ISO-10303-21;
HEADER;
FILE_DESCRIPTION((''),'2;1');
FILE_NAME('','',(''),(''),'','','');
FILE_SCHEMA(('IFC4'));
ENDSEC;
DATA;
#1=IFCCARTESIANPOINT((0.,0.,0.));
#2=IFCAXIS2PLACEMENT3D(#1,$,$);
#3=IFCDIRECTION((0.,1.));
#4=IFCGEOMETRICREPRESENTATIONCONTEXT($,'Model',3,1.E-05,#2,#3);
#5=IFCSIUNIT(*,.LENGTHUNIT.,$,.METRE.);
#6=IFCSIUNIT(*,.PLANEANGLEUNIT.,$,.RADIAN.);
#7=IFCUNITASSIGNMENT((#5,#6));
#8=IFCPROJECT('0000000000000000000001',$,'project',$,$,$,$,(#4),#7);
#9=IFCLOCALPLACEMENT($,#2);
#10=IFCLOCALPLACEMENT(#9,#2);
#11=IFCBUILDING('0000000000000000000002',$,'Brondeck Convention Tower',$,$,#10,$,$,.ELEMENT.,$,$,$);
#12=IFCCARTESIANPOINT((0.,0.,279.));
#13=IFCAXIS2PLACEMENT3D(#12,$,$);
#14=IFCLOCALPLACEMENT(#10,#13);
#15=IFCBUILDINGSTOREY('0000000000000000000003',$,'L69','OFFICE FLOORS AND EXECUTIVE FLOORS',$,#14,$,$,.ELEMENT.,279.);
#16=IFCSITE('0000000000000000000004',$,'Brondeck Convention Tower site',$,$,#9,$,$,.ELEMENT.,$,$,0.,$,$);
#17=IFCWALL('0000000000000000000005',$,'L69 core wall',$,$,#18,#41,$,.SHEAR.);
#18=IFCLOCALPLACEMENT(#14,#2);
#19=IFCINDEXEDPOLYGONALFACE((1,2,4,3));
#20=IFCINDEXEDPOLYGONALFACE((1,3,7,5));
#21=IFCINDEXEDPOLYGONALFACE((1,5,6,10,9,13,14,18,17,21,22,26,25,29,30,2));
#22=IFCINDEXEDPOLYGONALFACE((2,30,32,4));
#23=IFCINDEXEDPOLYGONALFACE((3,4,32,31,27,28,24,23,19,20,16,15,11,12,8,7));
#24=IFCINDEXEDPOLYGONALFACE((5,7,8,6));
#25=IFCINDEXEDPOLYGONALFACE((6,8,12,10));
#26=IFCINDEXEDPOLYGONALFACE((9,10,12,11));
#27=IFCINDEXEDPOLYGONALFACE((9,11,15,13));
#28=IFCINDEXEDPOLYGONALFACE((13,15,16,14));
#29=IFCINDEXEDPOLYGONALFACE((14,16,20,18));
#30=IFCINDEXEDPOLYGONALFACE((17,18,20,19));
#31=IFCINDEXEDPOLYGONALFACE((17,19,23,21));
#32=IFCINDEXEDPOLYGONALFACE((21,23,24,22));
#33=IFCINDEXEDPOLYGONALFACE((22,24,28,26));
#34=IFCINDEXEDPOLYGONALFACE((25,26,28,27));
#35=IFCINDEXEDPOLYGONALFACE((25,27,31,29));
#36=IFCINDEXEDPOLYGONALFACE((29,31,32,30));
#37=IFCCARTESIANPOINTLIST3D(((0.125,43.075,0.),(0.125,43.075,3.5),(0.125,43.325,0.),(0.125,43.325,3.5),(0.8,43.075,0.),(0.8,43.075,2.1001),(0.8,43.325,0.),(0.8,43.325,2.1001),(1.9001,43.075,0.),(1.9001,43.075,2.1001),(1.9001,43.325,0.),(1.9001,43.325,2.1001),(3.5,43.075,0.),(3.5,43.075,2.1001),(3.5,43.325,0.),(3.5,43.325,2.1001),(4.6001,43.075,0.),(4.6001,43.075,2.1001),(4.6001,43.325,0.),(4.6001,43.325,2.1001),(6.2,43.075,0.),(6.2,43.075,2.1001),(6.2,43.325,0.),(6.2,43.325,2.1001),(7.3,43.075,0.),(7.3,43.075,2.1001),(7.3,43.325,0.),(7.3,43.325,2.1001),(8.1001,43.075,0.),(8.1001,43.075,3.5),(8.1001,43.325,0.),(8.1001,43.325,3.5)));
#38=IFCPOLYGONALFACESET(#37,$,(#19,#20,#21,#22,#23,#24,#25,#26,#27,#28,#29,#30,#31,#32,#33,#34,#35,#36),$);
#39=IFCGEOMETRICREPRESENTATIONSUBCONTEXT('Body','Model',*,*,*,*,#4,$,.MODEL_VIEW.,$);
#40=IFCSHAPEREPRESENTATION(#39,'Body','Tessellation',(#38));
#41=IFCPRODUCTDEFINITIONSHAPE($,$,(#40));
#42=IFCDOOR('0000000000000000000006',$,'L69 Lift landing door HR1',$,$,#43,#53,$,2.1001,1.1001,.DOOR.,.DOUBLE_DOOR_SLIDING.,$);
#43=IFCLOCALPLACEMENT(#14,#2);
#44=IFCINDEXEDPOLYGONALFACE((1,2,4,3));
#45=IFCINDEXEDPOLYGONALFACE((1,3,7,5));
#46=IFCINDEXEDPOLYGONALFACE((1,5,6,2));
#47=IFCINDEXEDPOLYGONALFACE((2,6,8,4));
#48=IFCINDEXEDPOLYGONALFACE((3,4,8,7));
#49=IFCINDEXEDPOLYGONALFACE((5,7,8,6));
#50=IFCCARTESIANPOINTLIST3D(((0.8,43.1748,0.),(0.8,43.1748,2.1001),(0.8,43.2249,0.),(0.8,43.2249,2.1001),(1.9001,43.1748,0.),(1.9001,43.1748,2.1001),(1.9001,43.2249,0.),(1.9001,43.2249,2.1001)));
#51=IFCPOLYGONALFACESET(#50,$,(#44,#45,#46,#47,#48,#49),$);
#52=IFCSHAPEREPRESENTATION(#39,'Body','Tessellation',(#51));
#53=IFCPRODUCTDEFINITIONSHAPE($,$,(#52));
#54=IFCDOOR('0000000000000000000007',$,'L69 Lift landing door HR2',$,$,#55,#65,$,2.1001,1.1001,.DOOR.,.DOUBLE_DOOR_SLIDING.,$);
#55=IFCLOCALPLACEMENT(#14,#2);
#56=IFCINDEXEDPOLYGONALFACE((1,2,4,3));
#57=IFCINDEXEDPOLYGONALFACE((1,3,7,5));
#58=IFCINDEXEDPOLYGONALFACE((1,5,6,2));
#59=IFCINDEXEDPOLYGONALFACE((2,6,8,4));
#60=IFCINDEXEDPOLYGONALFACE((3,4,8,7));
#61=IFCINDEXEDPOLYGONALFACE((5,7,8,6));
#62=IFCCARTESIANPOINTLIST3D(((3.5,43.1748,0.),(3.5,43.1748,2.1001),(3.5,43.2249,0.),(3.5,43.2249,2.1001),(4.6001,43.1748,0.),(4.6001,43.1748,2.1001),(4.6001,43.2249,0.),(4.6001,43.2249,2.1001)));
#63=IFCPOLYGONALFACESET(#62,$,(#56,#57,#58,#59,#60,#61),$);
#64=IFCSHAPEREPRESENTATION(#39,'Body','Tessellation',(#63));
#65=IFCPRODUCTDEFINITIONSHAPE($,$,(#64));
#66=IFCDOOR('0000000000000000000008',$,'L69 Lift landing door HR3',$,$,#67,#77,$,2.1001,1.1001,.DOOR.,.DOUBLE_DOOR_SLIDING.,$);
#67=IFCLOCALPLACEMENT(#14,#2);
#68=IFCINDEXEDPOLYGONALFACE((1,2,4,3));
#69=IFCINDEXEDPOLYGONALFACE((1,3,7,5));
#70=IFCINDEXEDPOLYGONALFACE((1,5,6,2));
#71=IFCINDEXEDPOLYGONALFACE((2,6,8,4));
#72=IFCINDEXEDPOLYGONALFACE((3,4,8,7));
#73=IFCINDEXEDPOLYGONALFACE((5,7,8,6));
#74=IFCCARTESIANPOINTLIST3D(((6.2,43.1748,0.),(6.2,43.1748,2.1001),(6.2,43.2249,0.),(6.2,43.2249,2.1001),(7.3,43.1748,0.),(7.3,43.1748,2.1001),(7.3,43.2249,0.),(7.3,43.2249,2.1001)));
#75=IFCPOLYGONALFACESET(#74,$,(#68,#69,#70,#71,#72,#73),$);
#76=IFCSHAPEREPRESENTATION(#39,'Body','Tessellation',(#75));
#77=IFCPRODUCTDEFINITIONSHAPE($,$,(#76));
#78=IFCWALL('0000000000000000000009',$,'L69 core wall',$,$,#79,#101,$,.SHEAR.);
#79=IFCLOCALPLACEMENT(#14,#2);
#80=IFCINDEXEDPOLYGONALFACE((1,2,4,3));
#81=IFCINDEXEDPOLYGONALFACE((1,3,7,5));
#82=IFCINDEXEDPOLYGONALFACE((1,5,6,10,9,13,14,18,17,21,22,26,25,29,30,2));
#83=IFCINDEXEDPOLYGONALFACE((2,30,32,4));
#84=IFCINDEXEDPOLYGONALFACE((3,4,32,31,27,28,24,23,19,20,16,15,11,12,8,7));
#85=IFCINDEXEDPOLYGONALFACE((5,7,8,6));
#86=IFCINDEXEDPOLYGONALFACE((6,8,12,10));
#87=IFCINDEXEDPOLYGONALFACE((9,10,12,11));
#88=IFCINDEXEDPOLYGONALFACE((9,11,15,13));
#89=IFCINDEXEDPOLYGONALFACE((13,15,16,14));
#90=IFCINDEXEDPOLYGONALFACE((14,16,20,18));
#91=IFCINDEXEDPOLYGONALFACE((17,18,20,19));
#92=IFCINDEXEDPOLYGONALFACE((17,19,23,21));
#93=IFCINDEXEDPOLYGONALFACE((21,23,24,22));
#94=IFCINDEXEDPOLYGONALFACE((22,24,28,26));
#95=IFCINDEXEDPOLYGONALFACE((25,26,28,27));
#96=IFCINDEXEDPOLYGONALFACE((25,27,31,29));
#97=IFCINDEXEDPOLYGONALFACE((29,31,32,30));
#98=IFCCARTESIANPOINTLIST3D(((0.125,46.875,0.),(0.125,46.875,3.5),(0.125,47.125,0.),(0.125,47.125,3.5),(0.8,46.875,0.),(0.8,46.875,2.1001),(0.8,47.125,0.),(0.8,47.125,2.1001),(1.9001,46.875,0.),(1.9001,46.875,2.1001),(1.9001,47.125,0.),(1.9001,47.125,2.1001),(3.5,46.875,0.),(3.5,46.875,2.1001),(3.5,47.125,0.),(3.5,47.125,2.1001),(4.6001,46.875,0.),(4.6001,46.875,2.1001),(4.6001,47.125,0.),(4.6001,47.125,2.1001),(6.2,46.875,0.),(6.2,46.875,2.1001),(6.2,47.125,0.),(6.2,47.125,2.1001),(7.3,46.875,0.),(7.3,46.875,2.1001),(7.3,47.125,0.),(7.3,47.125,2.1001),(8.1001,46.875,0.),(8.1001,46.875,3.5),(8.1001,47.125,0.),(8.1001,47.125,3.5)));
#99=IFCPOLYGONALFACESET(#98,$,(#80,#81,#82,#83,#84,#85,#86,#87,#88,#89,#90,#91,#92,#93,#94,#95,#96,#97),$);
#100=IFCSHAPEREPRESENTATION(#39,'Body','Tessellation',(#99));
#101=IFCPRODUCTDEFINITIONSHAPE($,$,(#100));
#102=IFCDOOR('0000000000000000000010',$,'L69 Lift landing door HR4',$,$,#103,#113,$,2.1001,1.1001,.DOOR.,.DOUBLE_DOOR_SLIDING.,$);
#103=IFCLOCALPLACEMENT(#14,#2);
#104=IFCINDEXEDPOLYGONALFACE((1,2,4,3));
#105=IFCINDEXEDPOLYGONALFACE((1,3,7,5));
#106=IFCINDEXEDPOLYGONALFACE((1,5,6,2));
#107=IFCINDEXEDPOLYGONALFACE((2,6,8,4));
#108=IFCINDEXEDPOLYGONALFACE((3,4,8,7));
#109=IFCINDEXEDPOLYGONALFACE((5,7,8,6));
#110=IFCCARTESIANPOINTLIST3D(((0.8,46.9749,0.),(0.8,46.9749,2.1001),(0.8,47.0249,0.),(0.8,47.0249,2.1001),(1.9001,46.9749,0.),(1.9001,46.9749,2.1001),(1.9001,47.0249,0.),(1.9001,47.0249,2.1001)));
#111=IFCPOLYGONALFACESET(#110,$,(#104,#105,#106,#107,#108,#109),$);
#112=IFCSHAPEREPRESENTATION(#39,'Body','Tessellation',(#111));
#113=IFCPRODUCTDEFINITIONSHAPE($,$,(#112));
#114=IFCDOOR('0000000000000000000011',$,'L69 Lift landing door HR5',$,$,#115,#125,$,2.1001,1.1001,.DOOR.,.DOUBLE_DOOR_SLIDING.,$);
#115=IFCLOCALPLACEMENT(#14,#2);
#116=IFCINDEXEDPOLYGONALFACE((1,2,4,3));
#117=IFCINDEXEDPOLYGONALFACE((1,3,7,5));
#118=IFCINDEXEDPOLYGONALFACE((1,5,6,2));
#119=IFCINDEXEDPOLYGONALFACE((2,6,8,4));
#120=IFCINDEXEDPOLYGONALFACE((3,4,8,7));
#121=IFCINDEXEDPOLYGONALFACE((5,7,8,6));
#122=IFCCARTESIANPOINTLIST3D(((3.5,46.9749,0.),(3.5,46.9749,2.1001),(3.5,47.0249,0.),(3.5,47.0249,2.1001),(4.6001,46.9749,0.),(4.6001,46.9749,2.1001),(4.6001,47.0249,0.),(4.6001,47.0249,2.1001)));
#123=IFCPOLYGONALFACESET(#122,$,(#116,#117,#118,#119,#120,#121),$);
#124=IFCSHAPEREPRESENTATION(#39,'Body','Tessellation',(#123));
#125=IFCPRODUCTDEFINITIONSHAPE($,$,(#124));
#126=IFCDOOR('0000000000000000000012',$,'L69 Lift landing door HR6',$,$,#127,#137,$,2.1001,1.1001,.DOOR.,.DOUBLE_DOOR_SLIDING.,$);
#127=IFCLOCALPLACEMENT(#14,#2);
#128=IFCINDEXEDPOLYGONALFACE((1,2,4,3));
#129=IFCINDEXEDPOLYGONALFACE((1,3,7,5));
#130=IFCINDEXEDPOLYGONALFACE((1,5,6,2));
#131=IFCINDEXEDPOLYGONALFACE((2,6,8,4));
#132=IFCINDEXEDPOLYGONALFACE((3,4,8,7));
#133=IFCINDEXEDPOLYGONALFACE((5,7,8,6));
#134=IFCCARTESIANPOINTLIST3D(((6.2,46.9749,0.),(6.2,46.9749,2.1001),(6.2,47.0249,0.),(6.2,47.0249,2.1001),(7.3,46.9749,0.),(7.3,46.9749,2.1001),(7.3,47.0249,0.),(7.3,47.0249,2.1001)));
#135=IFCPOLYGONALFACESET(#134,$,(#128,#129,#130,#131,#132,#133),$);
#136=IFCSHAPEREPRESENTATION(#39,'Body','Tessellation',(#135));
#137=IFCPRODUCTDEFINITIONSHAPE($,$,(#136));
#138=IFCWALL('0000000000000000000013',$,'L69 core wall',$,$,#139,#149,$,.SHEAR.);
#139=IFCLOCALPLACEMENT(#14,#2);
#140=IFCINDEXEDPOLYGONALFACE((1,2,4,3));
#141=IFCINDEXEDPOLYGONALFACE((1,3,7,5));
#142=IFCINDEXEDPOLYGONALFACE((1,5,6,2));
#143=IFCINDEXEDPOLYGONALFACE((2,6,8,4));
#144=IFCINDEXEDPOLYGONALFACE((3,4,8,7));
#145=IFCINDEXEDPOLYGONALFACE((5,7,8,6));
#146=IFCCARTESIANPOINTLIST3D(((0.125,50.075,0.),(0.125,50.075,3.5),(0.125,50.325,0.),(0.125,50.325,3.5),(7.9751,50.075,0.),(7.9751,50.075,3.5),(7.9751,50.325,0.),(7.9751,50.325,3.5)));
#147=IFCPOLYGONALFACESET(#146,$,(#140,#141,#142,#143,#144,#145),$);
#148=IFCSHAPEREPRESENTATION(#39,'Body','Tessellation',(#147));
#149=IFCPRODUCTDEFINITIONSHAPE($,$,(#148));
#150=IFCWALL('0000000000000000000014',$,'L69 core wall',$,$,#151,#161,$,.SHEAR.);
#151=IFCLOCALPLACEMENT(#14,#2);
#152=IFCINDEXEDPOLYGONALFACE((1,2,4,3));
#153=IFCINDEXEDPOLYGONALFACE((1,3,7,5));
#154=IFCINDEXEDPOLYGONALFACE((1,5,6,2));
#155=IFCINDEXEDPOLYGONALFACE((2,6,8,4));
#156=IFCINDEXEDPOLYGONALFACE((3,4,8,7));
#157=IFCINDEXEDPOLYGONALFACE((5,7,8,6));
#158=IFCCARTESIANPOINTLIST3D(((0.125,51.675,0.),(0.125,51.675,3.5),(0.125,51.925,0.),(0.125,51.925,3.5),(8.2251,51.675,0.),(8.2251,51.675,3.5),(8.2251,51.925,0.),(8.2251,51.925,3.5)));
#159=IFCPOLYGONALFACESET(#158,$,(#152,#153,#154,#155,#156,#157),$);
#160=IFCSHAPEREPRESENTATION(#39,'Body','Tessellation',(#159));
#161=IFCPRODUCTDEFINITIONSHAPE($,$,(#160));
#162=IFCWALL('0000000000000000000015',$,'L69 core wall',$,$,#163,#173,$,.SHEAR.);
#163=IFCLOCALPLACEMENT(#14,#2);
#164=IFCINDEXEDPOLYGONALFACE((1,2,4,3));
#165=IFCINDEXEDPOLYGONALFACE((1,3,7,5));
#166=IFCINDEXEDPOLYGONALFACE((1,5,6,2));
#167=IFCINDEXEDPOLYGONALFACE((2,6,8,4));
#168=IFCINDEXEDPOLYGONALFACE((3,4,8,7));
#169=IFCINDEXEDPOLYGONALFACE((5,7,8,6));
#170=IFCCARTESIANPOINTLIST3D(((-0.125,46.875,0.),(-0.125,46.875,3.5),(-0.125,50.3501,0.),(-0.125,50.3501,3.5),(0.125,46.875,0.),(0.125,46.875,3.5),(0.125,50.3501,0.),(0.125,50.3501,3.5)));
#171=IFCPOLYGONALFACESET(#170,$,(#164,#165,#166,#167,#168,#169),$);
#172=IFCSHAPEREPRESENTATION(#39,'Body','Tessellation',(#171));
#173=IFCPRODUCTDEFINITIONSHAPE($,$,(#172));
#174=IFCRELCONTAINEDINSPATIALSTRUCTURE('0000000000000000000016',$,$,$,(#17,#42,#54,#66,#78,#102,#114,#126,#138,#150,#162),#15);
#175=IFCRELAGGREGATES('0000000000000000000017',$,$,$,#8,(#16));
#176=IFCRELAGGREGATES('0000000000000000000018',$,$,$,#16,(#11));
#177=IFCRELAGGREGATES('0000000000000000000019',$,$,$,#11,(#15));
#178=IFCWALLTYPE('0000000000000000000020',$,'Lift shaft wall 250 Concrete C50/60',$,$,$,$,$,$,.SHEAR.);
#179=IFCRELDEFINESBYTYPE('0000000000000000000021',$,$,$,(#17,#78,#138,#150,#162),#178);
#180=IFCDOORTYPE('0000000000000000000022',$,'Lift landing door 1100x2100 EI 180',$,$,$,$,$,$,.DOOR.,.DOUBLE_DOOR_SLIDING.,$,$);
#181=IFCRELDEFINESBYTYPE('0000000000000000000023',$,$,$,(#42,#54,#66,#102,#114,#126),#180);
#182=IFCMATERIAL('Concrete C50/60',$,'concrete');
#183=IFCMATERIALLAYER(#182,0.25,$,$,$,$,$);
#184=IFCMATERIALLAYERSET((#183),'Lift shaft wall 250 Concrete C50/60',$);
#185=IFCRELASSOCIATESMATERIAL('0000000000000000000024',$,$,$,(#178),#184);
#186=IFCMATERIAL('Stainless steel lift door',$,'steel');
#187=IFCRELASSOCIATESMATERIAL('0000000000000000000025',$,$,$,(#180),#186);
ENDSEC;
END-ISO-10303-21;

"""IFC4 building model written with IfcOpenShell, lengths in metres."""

from ifc_helpers import new_model, si_unit, direction, frame, frame_2d, origin, place, context, subcontext, project, spatial, rectangle, extrude, material, layer, layer_set, type_object, element, fill, save


model = new_model("IFC4")

# Units and contexts
model_context = context("Model", 3, precision=1e-05, world=origin(), true_north=direction((0.0, 1.0)))
body_context = subcontext(model_context, "Body", "Model", "MODEL_VIEW")
ifc_project = project(units=[si_unit("LENGTHUNIT", "METRE"), si_unit("PLANEANGLEUNIT", "RADIAN")], contexts=[model_context])

# Site, building, storey
site_placement = place(None, origin())
site = spatial("IfcSite", under=ifc_project, at=site_placement, Name="Brondeck Convention Tower site", CompositionType="ELEMENT", RefElevation=0.0)
building_placement = place(site_placement, origin())
building = spatial("IfcBuilding", under=site, at=building_placement, Name="Brondeck Convention Tower", CompositionType="ELEMENT")
storey_placement = place(building_placement, frame((0.0, 0.0, 279.0)))
storey = spatial("IfcBuildingStorey", under=building, at=storey_placement, Name="L69", Description="OFFICE FLOORS AND EXECUTIVE FLOORS", CompositionType="ELEMENT", Elevation=279.0)

# Shared definitions
ifc_material_1 = material(Name="Concrete C50/60", Category="concrete")

# Walls, openings, doors
ifc_layer_1 = layer(ifc_material_1, 0.25)
ifc_layer_set_1 = layer_set([ifc_layer_1], Name="Lift shaft wall 250 Concrete C50/60")
wall_type_1 = type_object("IfcWallType", Name="Lift shaft wall 250 Concrete C50/60", PredefinedType="SHEAR", material=ifc_layer_set_1)
wall_1_placement = place(storey_placement, frame((0.125, 43.2, 0.0), z_axis=(0.0, 0.0, 1.0), x_axis=(1.0, 0.0, 0.0)))
wall_1 = element("IfcWall", 1, at=wall_1_placement, inside=storey, type_object=wall_type_1, Name="L69 core wall", PredefinedType="SHEAR", context=body_context, shape_type="SweptSolid", body=[
    extrude(rectangle(XDim=7.9751, YDim=0.25, at=frame_2d((3.9875, 0.0))), origin(), (0.0, 0.0, 1.0), 3.5),
])
opening_1_placement = place(wall_1_placement, frame((0.675, 0.0, 0.0)))
opening_1 = element("IfcOpeningElement", 2, at=opening_1_placement, cuts=wall_1, PredefinedType="OPENING", context=body_context, shape_type="SweptSolid", body=[
    extrude(rectangle(XDim=1.1001, YDim=2.1001, at=frame_2d((0.55, 1.05))), frame((0.0, 0.135, 0.0), z_axis=(0.0, -1.0, 0.0), x_axis=(1.0, 0.0, 0.0)), (0.0, 0.0, 1.0), 0.27),
])
opening_2_placement = place(wall_1_placement, frame((3.375, 0.0, 0.0)))
opening_2 = element("IfcOpeningElement", 3, at=opening_2_placement, cuts=wall_1, PredefinedType="OPENING", context=body_context, shape_type="SweptSolid", body=[
    extrude(rectangle(XDim=1.1001, YDim=2.1001, at=frame_2d((0.55, 1.05))), frame((0.0, 0.135, 0.0), z_axis=(0.0, -1.0, 0.0), x_axis=(1.0, 0.0, 0.0)), (0.0, 0.0, 1.0), 0.27),
])
opening_3_placement = place(wall_1_placement, frame((6.075, 0.0, 0.0)))
opening_3 = element("IfcOpeningElement", 4, at=opening_3_placement, cuts=wall_1, PredefinedType="OPENING", context=body_context, shape_type="SweptSolid", body=[
    extrude(rectangle(XDim=1.1001, YDim=2.1001, at=frame_2d((0.55, 1.05))), frame((0.0, 0.135, 0.0), z_axis=(0.0, -1.0, 0.0), x_axis=(1.0, 0.0, 0.0)), (0.0, 0.0, 1.0), 0.27),
])
ifc_material_2 = material(Name="Stainless steel lift door", Category="steel")
door_type_1 = type_object("IfcDoorType", Name="Lift landing door 1100x2100 EI 180", OperationType="DOUBLE_DOOR_SLIDING", PredefinedType="DOOR", material=ifc_material_2)
door_1_placement = place(opening_1_placement, origin())
door_1 = element("IfcDoor", 5, at=door_1_placement, inside=storey, type_object=door_type_1, Name="L69 Lift landing door HR1", OperationType="DOUBLE_DOOR_SLIDING", OverallHeight=2.1001, OverallWidth=1.1001, PredefinedType="DOOR", context=body_context, shape_type="SweptSolid", body=[
    extrude(rectangle(XDim=1.1001, YDim=2.1001, at=frame_2d((0.55, 1.05))), frame((0.0, 0.0249, 0.0), z_axis=(0.0, -1.0, 0.0), x_axis=(1.0, 0.0, 0.0)), (0.0, 0.0, 1.0), 0.05),
])
fill(opening_1, door_1)
door_2_placement = place(opening_2_placement, origin())
door_2 = element("IfcDoor", 6, at=door_2_placement, inside=storey, type_object=door_type_1, Name="L69 Lift landing door HR2", OperationType="DOUBLE_DOOR_SLIDING", OverallHeight=2.1001, OverallWidth=1.1001, PredefinedType="DOOR", context=body_context, shape_type="SweptSolid", body=[
    extrude(rectangle(XDim=1.1001, YDim=2.1001, at=frame_2d((0.55, 1.05))), frame((0.0, 0.0249, 0.0), z_axis=(0.0, -1.0, 0.0), x_axis=(1.0, 0.0, 0.0)), (0.0, 0.0, 1.0), 0.05),
])
fill(opening_2, door_2)
door_3_placement = place(opening_3_placement, origin())
door_3 = element("IfcDoor", 7, at=door_3_placement, inside=storey, type_object=door_type_1, Name="L69 Lift landing door HR3", OperationType="DOUBLE_DOOR_SLIDING", OverallHeight=2.1001, OverallWidth=1.1001, PredefinedType="DOOR", context=body_context, shape_type="SweptSolid", body=[
    extrude(rectangle(XDim=1.1001, YDim=2.1001, at=frame_2d((0.55, 1.05))), frame((0.0, 0.0249, 0.0), z_axis=(0.0, -1.0, 0.0), x_axis=(1.0, 0.0, 0.0)), (0.0, 0.0, 1.0), 0.05),
])
fill(opening_3, door_3)
wall_2_placement = place(storey_placement, frame((0.125, 47.0, 0.0), z_axis=(0.0, 0.0, 1.0), x_axis=(1.0, 0.0, 0.0)))
wall_2 = element("IfcWall", 8, at=wall_2_placement, inside=storey, type_object=wall_type_1, Name="L69 core wall", PredefinedType="SHEAR", context=body_context, shape_type="SweptSolid", body=[
    extrude(rectangle(XDim=7.9751, YDim=0.25, at=frame_2d((3.9875, 0.0))), origin(), (0.0, 0.0, 1.0), 3.5),
])
opening_4_placement = place(wall_2_placement, frame((0.675, 0.0, 0.0)))
opening_4 = element("IfcOpeningElement", 9, at=opening_4_placement, cuts=wall_2, PredefinedType="OPENING", context=body_context, shape_type="SweptSolid", body=[
    extrude(rectangle(XDim=1.1001, YDim=2.1001, at=frame_2d((0.55, 1.05))), frame((0.0, 0.135, 0.0), z_axis=(0.0, -1.0, 0.0), x_axis=(1.0, 0.0, 0.0)), (0.0, 0.0, 1.0), 0.27),
])
opening_5_placement = place(wall_2_placement, frame((3.375, 0.0, 0.0)))
opening_5 = element("IfcOpeningElement", 10, at=opening_5_placement, cuts=wall_2, PredefinedType="OPENING", context=body_context, shape_type="SweptSolid", body=[
    extrude(rectangle(XDim=1.1001, YDim=2.1001, at=frame_2d((0.55, 1.05))), frame((0.0, 0.135, 0.0), z_axis=(0.0, -1.0, 0.0), x_axis=(1.0, 0.0, 0.0)), (0.0, 0.0, 1.0), 0.27),
])
opening_6_placement = place(wall_2_placement, frame((6.075, 0.0, 0.0)))
opening_6 = element("IfcOpeningElement", 11, at=opening_6_placement, cuts=wall_2, PredefinedType="OPENING", context=body_context, shape_type="SweptSolid", body=[
    extrude(rectangle(XDim=1.1001, YDim=2.1001, at=frame_2d((0.55, 1.05))), frame((0.0, 0.135, 0.0), z_axis=(0.0, -1.0, 0.0), x_axis=(1.0, 0.0, 0.0)), (0.0, 0.0, 1.0), 0.27),
])
door_4_placement = place(opening_4_placement, origin())
door_4 = element("IfcDoor", 12, at=door_4_placement, inside=storey, type_object=door_type_1, Name="L69 Lift landing door HR4", OperationType="DOUBLE_DOOR_SLIDING", OverallHeight=2.1001, OverallWidth=1.1001, PredefinedType="DOOR", context=body_context, shape_type="SweptSolid", body=[
    extrude(rectangle(XDim=1.1001, YDim=2.1001, at=frame_2d((0.55, 1.05))), frame((0.0, 0.0249, 0.0), z_axis=(0.0, -1.0, 0.0), x_axis=(1.0, 0.0, 0.0)), (0.0, 0.0, 1.0), 0.05),
])
fill(opening_4, door_4)
door_5_placement = place(opening_5_placement, origin())
door_5 = element("IfcDoor", 13, at=door_5_placement, inside=storey, type_object=door_type_1, Name="L69 Lift landing door HR5", OperationType="DOUBLE_DOOR_SLIDING", OverallHeight=2.1001, OverallWidth=1.1001, PredefinedType="DOOR", context=body_context, shape_type="SweptSolid", body=[
    extrude(rectangle(XDim=1.1001, YDim=2.1001, at=frame_2d((0.55, 1.05))), frame((0.0, 0.0249, 0.0), z_axis=(0.0, -1.0, 0.0), x_axis=(1.0, 0.0, 0.0)), (0.0, 0.0, 1.0), 0.05),
])
fill(opening_5, door_5)
door_6_placement = place(opening_6_placement, origin())
door_6 = element("IfcDoor", 14, at=door_6_placement, inside=storey, type_object=door_type_1, Name="L69 Lift landing door HR6", OperationType="DOUBLE_DOOR_SLIDING", OverallHeight=2.1001, OverallWidth=1.1001, PredefinedType="DOOR", context=body_context, shape_type="SweptSolid", body=[
    extrude(rectangle(XDim=1.1001, YDim=2.1001, at=frame_2d((0.55, 1.05))), frame((0.0, 0.0249, 0.0), z_axis=(0.0, -1.0, 0.0), x_axis=(1.0, 0.0, 0.0)), (0.0, 0.0, 1.0), 0.05),
])
fill(opening_6, door_6)

# Walls
wall_3_placement = place(storey_placement, frame((0.125, 50.2, 0.0), z_axis=(0.0, 0.0, 1.0), x_axis=(1.0, 0.0, 0.0)))
element("IfcWall", 15, at=wall_3_placement, inside=storey, type_object=wall_type_1, Name="L69 core wall", PredefinedType="SHEAR", context=body_context, shape_type="SweptSolid", body=[
    extrude(rectangle(XDim=7.8501, YDim=0.25, at=frame_2d((3.925, 0.0))), origin(), (0.0, 0.0, 1.0), 3.5),
])
wall_4_placement = place(storey_placement, frame((0.125, 51.8, 0.0), z_axis=(0.0, 0.0, 1.0), x_axis=(1.0, 0.0, 0.0)))
element("IfcWall", 16, at=wall_4_placement, inside=storey, type_object=wall_type_1, Name="L69 core wall", PredefinedType="SHEAR", context=body_context, shape_type="SweptSolid", body=[
    extrude(rectangle(XDim=8.1001, YDim=0.25, at=frame_2d((4.05, 0.0))), origin(), (0.0, 0.0, 1.0), 3.5),
])
wall_5_placement = place(storey_placement, frame((0.0, 46.875, 0.0), z_axis=(0.0, 0.0, 1.0), x_axis=(0.0, 1.0, 0.0)))
element("IfcWall", 17, at=wall_5_placement, inside=storey, type_object=wall_type_1, Name="L69 core wall", PredefinedType="SHEAR", context=body_context, shape_type="SweptSolid", body=[
    extrude(rectangle(XDim=3.4751, YDim=0.25, at=frame_2d((1.7375, 0.0))), origin(), (0.0, 0.0, 1.0), 3.5),
])

save(model, "model.ifc")
